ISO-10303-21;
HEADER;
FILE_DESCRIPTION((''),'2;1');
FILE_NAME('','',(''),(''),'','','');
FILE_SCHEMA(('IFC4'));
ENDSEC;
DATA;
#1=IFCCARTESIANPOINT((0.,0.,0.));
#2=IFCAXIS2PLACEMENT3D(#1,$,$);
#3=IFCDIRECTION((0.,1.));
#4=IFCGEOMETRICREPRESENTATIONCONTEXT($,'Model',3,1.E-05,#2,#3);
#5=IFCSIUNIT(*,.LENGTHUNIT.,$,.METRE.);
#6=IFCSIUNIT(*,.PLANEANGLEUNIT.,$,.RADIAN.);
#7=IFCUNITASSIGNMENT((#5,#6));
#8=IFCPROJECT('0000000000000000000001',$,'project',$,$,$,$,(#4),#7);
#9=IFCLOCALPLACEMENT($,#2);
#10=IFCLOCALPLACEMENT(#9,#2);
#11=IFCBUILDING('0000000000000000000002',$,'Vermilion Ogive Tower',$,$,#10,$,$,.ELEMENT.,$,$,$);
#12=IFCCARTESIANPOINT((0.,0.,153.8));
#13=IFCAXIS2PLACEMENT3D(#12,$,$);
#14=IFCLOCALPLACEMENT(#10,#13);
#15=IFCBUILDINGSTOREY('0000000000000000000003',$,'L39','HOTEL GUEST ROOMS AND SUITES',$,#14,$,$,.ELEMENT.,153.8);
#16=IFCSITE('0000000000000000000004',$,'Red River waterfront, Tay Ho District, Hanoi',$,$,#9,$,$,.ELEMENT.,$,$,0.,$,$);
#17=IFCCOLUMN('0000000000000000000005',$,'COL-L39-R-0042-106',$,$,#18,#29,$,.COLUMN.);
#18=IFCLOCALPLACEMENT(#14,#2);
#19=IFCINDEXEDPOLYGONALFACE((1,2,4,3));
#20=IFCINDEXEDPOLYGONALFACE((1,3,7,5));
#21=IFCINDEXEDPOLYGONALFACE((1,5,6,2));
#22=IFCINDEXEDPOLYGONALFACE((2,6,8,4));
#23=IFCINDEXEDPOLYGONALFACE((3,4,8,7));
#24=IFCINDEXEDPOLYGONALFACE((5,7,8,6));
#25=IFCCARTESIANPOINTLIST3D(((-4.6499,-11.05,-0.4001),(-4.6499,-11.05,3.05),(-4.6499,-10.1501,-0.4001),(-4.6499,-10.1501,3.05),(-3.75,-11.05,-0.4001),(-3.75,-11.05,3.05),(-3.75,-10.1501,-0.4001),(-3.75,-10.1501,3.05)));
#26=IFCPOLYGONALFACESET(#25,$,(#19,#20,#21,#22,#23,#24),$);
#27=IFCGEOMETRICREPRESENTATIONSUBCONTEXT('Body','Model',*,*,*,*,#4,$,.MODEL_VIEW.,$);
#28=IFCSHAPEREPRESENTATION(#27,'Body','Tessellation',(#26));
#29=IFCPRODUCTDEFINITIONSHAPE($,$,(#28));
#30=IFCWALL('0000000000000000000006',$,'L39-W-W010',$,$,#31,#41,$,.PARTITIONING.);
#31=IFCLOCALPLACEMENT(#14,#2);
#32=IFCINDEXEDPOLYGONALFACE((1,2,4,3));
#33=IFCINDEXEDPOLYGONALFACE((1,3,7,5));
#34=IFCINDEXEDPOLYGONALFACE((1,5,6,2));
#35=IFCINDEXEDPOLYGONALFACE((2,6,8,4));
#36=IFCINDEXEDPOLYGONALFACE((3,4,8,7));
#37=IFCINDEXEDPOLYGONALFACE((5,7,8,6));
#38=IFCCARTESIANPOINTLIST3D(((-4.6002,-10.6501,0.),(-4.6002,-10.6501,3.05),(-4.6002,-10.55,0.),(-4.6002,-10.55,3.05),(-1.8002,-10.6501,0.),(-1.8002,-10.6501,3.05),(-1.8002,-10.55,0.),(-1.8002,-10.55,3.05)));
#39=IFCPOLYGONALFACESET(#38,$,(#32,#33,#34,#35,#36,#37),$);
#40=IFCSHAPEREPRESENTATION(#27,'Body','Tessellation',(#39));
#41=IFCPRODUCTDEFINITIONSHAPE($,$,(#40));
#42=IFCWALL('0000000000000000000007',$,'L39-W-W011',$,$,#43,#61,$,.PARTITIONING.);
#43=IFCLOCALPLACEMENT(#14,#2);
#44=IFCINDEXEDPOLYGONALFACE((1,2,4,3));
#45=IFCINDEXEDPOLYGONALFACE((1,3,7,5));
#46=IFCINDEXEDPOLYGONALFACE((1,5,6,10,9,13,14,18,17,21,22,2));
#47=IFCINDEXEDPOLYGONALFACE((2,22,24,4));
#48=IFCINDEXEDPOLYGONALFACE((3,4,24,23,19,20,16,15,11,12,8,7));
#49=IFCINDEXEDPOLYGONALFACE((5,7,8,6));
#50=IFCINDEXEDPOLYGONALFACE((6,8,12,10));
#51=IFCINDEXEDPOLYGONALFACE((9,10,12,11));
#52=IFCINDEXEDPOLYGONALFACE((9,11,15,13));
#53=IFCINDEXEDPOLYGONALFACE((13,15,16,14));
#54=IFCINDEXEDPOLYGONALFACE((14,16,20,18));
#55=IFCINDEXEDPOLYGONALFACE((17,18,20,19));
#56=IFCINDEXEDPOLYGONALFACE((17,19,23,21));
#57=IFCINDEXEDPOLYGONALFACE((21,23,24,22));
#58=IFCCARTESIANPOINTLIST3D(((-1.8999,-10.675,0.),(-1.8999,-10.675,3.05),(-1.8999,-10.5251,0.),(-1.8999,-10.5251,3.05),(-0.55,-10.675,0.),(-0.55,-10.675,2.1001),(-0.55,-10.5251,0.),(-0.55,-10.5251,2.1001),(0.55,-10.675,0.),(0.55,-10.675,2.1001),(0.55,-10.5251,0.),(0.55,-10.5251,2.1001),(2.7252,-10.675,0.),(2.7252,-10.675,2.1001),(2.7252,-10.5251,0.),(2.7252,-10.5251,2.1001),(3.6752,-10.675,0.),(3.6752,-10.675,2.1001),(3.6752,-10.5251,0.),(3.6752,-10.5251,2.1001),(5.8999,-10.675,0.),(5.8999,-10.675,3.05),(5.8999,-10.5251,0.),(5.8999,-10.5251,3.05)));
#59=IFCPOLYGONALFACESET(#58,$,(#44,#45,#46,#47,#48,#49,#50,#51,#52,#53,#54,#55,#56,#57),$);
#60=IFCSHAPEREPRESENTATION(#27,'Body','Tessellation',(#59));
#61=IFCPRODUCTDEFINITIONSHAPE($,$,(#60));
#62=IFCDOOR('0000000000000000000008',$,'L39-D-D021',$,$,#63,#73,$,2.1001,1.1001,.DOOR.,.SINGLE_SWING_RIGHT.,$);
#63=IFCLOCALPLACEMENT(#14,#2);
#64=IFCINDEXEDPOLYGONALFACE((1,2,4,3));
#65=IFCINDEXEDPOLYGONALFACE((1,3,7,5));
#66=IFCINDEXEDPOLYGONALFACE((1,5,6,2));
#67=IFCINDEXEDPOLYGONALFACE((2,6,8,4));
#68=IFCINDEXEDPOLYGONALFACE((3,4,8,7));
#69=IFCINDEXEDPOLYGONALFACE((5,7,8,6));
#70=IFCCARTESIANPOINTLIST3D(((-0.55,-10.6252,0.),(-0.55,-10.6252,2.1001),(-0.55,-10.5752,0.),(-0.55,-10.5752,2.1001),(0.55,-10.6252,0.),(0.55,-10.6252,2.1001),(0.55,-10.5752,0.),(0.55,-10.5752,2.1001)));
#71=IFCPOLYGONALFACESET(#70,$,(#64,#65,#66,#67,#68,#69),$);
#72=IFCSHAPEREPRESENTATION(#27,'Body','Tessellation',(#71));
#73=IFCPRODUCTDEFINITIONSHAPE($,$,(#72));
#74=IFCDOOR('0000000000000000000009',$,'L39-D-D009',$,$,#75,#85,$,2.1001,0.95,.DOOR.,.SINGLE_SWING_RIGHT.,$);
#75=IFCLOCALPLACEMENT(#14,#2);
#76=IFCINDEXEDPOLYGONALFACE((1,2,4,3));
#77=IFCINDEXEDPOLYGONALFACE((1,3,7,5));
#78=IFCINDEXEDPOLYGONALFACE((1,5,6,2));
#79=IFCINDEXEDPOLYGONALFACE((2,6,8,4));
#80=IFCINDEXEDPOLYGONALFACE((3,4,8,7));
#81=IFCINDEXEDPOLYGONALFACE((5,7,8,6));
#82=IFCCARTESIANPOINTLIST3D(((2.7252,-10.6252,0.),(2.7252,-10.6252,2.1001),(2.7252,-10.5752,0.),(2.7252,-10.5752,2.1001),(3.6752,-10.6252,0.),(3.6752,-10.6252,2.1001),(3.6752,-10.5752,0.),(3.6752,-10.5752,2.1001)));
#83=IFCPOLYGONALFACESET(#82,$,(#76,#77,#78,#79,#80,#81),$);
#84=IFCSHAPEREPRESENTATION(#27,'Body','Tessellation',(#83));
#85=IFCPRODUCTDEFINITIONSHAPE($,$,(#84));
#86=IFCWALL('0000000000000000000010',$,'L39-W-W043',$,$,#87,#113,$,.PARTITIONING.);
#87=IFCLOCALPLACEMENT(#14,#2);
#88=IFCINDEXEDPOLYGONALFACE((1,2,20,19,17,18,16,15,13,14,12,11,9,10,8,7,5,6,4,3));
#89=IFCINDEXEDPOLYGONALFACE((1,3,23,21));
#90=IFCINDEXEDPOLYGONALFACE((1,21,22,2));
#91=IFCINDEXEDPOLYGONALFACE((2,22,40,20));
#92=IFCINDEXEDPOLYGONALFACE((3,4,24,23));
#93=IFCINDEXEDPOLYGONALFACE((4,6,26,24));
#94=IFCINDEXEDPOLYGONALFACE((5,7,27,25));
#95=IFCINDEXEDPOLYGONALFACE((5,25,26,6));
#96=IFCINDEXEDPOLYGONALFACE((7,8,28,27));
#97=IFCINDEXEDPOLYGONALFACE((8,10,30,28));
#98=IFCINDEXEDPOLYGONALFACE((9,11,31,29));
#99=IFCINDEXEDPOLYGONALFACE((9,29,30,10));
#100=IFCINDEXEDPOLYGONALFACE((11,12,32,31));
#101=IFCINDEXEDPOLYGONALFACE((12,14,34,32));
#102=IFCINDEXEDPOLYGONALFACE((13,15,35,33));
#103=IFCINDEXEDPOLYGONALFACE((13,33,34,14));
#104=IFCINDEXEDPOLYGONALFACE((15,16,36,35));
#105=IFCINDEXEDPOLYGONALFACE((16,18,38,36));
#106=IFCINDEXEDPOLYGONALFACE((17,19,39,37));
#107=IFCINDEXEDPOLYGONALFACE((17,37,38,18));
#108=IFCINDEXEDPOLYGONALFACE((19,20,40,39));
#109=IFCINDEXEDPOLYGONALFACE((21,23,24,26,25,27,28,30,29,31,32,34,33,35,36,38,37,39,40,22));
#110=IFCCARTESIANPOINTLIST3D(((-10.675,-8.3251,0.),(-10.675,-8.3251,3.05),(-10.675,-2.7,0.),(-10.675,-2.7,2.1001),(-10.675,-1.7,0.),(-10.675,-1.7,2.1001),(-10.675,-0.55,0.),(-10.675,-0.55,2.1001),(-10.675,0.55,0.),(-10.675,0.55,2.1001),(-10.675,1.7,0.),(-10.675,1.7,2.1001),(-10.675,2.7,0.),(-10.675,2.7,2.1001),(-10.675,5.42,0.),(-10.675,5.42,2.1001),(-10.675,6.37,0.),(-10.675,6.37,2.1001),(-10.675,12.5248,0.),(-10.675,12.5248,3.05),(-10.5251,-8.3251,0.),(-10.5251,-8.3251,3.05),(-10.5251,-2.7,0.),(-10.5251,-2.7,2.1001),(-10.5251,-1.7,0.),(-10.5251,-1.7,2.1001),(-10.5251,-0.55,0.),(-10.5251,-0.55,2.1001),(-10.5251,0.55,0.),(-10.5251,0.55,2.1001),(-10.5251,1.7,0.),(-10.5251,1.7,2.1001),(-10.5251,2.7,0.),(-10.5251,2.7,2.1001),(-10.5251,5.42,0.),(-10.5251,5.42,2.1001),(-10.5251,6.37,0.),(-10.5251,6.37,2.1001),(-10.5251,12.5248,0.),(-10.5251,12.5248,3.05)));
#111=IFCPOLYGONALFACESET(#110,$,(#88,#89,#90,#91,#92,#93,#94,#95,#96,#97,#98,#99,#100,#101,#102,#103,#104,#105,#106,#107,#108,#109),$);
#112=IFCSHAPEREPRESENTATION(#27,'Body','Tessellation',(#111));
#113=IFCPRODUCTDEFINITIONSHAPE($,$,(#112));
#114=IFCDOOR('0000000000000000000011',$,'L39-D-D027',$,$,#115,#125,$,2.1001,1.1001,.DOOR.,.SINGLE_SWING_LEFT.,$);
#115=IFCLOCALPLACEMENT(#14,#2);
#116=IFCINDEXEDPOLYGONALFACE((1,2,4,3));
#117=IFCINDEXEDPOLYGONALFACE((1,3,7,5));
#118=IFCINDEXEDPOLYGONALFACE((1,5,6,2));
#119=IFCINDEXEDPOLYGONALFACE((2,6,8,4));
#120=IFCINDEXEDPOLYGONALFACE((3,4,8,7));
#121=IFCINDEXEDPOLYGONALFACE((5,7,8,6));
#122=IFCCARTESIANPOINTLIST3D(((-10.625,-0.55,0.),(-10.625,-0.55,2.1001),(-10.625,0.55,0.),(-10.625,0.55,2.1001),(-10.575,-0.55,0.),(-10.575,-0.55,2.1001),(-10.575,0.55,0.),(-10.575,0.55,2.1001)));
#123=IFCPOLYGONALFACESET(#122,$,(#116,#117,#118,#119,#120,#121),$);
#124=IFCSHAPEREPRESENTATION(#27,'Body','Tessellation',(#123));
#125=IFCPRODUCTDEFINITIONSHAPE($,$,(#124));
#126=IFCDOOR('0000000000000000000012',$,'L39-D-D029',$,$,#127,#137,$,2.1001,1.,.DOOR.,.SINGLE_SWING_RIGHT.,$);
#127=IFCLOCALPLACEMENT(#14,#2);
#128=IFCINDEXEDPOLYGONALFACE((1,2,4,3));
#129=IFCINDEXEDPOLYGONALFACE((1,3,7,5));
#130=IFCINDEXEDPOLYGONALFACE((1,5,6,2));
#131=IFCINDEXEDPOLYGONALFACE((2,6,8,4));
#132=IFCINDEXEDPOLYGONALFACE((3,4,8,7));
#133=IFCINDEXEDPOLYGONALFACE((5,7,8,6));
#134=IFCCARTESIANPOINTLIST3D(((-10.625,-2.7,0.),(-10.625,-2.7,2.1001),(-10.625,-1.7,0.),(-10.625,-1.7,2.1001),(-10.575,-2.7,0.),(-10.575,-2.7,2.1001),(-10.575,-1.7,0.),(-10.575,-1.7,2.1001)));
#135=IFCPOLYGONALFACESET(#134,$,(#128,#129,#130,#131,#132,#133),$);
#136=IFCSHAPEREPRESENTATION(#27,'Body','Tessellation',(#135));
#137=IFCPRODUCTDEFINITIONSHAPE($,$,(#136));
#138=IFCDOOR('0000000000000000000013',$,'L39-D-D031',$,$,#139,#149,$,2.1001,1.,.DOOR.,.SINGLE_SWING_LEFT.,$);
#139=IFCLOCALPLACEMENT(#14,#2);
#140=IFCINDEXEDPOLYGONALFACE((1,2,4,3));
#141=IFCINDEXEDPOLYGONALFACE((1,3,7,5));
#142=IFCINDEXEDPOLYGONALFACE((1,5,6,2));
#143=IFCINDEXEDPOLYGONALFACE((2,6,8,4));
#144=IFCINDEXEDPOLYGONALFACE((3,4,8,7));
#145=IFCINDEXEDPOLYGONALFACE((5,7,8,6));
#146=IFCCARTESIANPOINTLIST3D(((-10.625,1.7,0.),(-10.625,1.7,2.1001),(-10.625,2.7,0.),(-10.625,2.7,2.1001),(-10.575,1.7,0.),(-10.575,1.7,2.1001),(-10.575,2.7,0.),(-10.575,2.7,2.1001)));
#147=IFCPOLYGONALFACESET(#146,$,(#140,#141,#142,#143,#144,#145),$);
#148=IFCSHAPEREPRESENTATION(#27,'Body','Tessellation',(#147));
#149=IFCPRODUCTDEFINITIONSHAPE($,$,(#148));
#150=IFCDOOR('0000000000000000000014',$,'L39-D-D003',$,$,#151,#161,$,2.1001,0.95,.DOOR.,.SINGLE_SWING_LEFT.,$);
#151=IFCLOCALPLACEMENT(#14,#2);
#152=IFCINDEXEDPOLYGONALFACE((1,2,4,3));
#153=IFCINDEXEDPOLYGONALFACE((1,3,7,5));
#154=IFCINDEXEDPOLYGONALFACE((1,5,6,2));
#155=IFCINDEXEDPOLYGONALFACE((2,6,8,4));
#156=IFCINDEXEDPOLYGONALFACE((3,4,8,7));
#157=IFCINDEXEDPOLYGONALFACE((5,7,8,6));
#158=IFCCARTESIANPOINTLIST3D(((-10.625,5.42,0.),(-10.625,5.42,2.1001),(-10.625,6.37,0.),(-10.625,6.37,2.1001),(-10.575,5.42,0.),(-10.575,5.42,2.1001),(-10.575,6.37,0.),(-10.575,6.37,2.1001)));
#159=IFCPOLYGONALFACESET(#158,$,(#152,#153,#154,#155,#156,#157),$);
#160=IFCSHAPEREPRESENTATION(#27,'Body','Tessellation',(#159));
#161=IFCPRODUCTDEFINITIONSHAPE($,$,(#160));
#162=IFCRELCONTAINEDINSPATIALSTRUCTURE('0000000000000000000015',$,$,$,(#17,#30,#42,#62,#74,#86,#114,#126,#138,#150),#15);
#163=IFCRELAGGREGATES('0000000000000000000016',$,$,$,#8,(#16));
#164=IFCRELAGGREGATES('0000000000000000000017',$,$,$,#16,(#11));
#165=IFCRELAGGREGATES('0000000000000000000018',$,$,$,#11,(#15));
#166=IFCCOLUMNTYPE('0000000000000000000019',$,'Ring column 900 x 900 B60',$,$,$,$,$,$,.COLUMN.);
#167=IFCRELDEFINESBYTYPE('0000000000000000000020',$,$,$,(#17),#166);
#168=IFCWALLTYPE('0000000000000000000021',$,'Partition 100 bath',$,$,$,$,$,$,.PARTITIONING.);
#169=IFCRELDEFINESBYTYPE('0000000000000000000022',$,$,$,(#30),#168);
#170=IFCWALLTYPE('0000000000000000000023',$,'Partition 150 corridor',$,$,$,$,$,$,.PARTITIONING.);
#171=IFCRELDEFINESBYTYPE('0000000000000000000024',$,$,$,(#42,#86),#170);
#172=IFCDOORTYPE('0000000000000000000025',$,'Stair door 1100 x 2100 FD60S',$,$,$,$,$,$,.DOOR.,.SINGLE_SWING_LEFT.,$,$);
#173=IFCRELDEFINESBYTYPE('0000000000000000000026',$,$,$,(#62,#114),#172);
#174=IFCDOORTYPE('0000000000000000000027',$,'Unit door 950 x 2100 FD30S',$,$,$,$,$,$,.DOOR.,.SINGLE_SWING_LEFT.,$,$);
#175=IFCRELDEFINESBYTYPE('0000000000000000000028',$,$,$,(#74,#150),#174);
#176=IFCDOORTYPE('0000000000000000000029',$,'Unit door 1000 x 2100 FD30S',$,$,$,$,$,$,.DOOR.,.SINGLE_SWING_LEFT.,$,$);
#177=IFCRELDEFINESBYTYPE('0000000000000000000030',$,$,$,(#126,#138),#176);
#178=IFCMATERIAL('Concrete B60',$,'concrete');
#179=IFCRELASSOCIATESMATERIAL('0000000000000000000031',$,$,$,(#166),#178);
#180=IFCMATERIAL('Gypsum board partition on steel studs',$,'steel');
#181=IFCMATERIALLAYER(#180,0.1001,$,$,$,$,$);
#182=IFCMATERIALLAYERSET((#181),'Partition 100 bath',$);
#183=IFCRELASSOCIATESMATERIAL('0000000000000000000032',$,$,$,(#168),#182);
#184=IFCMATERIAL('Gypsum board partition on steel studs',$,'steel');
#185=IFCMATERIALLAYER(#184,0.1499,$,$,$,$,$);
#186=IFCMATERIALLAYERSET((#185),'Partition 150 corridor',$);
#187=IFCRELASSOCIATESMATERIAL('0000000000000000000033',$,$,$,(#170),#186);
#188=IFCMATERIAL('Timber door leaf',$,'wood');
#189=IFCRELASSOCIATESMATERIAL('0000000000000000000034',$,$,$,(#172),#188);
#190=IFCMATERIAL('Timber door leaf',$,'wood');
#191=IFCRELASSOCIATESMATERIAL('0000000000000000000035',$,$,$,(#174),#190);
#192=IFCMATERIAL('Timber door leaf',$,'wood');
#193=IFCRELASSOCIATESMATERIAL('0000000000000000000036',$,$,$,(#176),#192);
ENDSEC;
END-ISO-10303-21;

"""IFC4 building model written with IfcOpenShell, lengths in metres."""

from ifc_helpers import new_model, si_unit, direction, frame, frame_2d, origin, origin_2d, place, context, subcontext, project, spatial, rectangle, extrude, material, layer, layer_set, material_profile, profile_set, type_object, element, fill, save


model = new_model("IFC4")

# Units and contexts
model_context = context("Model", 3, precision=1e-05, world=origin(), true_north=direction((0.0, 1.0)))
body_context = subcontext(model_context, "Body", "Model", "MODEL_VIEW")
ifc_project = project(units=[si_unit("LENGTHUNIT", "METRE"), si_unit("PLANEANGLEUNIT", "RADIAN")], contexts=[model_context])

# Site, building, storey
site_placement = place(None, origin())
site = spatial("IfcSite", under=ifc_project, at=site_placement, Name="Red River waterfront, Tay Ho District, Hanoi", CompositionType="ELEMENT", RefElevation=0.0)
building_placement = place(site_placement, origin())
building = spatial("IfcBuilding", under=site, at=building_placement, Name="Vermilion Ogive Tower", CompositionType="ELEMENT")
storey_placement = place(building_placement, frame((0.0, 0.0, 153.8)))
storey = spatial("IfcBuildingStorey", under=building, at=storey_placement, Name="L39", Description="HOTEL GUEST ROOMS AND SUITES", CompositionType="ELEMENT", Elevation=153.8)

# Column
ifc_material_1 = material(Name="Concrete B60", Category="concrete")
ifc_material_profile = material_profile(ifc_material_1, rectangle(XDim=0.8999, YDim=0.8999, at=origin_2d()), Name="900 x 900")
ifc_profile_set = profile_set([ifc_material_profile], Name="Concrete B60")
column_type = type_object("IfcColumnType", Name="Ring column 900 x 900 B60", PredefinedType="COLUMN", material=ifc_profile_set)
column_placement = place(storey_placement, frame((-4.2, -10.6001, -0.4001), z_axis=(0.0, 0.0, 1.0), x_axis=(1.0, 0.0, 0.0)))
element("IfcColumn", 1, at=column_placement, inside=storey, type_object=column_type, Name="COL-L39-R-0042-106", PredefinedType="COLUMN", context=body_context, shape_type="SweptSolid", body=[
    extrude(rectangle(XDim=0.8999, YDim=0.8999, at=origin_2d()), origin(), (0.0, 0.0, 1.0), 3.4502),
])

# Wall
ifc_material_2 = material(Name="Gypsum board partition on steel studs", Category="steel")
ifc_layer_1 = layer(ifc_material_2, 0.1001)
ifc_layer_set_1 = layer_set([ifc_layer_1], Name="Partition 100 bath")
wall_type_1 = type_object("IfcWallType", Name="Partition 100 bath", PredefinedType="PARTITIONING", material=ifc_layer_set_1)
wall_1_placement = place(storey_placement, frame((-4.6001, -10.6001, 0.0), z_axis=(0.0, 0.0, 1.0), x_axis=(1.0, 0.0, 0.0)))
element("IfcWall", 2, at=wall_1_placement, inside=storey, type_object=wall_type_1, Name="L39-W-W010", PredefinedType="PARTITIONING", context=body_context, shape_type="SweptSolid", body=[
    extrude(rectangle(XDim=2.8, YDim=0.1001, at=frame_2d((1.3999, 0.0))), origin(), (0.0, 0.0, 1.0), 3.05),
])

# Walls, openings, doors
ifc_material_3 = material(Name="Gypsum board partition on steel studs", Category="steel")
ifc_layer_2 = layer(ifc_material_3, 0.1499)
ifc_layer_set_2 = layer_set([ifc_layer_2], Name="Partition 150 corridor")
wall_type_2 = type_object("IfcWallType", Name="Partition 150 corridor", PredefinedType="PARTITIONING", material=ifc_layer_set_2)
wall_2_placement = place(storey_placement, frame((-1.8999, -10.6001, 0.0), z_axis=(0.0, 0.0, 1.0), x_axis=(1.0, 0.0, 0.0)))
wall_2 = element("IfcWall", 3, at=wall_2_placement, inside=storey, type_object=wall_type_2, Name="L39-W-W011", PredefinedType="PARTITIONING", context=body_context, shape_type="SweptSolid", body=[
    extrude(rectangle(XDim=7.7998, YDim=0.1499, at=frame_2d((3.8999, 0.0))), origin(), (0.0, 0.0, 1.0), 3.05),
])
opening_1_placement = place(wall_2_placement, frame((4.625, 0.0, 0.0)))
opening_1 = element("IfcOpeningElement", 4, at=opening_1_placement, cuts=wall_2, PredefinedType="OPENING", context=body_context, shape_type="SweptSolid", body=[
    extrude(rectangle(XDim=0.95, YDim=2.1001, at=frame_2d((0.4751, 1.05))), frame((0.0, 0.085, 0.0), z_axis=(0.0, -1.0, 0.0), x_axis=(1.0, 0.0, 0.0)), (0.0, 0.0, 1.0), 0.1699),
])
opening_2_placement = place(wall_2_placement, frame((1.3499, 0.0, 0.0)))
opening_2 = element("IfcOpeningElement", 5, at=opening_2_placement, cuts=wall_2, PredefinedType="OPENING", context=body_context, shape_type="SweptSolid", body=[
    extrude(rectangle(XDim=1.1001, YDim=2.1001, at=frame_2d((0.55, 1.05))), frame((0.0, 0.085, 0.0), z_axis=(0.0, -1.0, 0.0), x_axis=(1.0, 0.0, 0.0)), (0.0, 0.0, 1.0), 0.1699),
])
ifc_material_4 = material(Name="Timber door leaf", Category="wood")
door_type_1 = type_object("IfcDoorType", Name="Stair door 1100 x 2100 FD60S", OperationType="SINGLE_SWING_LEFT", PredefinedType="DOOR", material=ifc_material_4)
door_1_placement = place(opening_2_placement, origin())
door_1 = element("IfcDoor", 6, at=door_1_placement, inside=storey, type_object=door_type_1, Name="L39-D-D021", OperationType="SINGLE_SWING_RIGHT", OverallHeight=2.1001, OverallWidth=1.1001, PredefinedType="DOOR", context=body_context, shape_type="SweptSolid", body=[
    extrude(rectangle(XDim=1.1001, YDim=2.1001, at=frame_2d((0.55, 1.05))), frame((0.0, 0.0249, 0.0), z_axis=(0.0, -1.0, 0.0), x_axis=(1.0, 0.0, 0.0)), (0.0, 0.0, 1.0), 0.05),
])
fill(opening_2, door_1)
ifc_material_5 = material(Name="Timber door leaf", Category="wood")
door_type_2 = type_object("IfcDoorType", Name="Unit door 950 x 2100 FD30S", OperationType="SINGLE_SWING_LEFT", PredefinedType="DOOR", material=ifc_material_5)
door_2_placement = place(opening_1_placement, origin())
door_2 = element("IfcDoor", 7, at=door_2_placement, inside=storey, type_object=door_type_2, Name="L39-D-D009", OperationType="SINGLE_SWING_RIGHT", OverallHeight=2.1001, OverallWidth=0.95, PredefinedType="DOOR", context=body_context, shape_type="SweptSolid", body=[
    extrude(rectangle(XDim=0.95, YDim=2.1001, at=frame_2d((0.4751, 1.05))), frame((0.0, 0.0249, 0.0), z_axis=(0.0, -1.0, 0.0), x_axis=(1.0, 0.0, 0.0)), (0.0, 0.0, 1.0), 0.05),
])
fill(opening_1, door_2)
wall_3_placement = place(storey_placement, frame((-10.6001, -8.325, 0.0), z_axis=(0.0, 0.0, 1.0), x_axis=(0.0, 1.0, 0.0)))
wall_3 = element("IfcWall", 8, at=wall_3_placement, inside=storey, type_object=wall_type_2, Name="L39-W-W043", PredefinedType="PARTITIONING", context=body_context, shape_type="SweptSolid", body=[
    extrude(rectangle(XDim=20.8499, YDim=0.1499, at=frame_2d((10.4248, 0.0))), origin(), (0.0, 0.0, 1.0), 3.05),
])
opening_3_placement = place(wall_3_placement, frame((13.7449, 0.0, 0.0)))
opening_3 = element("IfcOpeningElement", 9, at=opening_3_placement, cuts=wall_3, PredefinedType="OPENING", context=body_context, shape_type="SweptSolid", body=[
    extrude(rectangle(XDim=0.95, YDim=2.1001, at=frame_2d((0.4751, 1.05))), frame((0.0, 0.085, 0.0), z_axis=(0.0, -1.0, 0.0), x_axis=(1.0, 0.0, 0.0)), (0.0, 0.0, 1.0), 0.1699),
])
opening_4_placement = place(wall_3_placement, frame((7.7749, 0.0, 0.0)))
opening_4 = element("IfcOpeningElement", 10, at=opening_4_placement, cuts=wall_3, PredefinedType="OPENING", context=body_context, shape_type="SweptSolid", body=[
    extrude(rectangle(XDim=1.1001, YDim=2.1001, at=frame_2d((0.55, 1.05))), frame((0.0, 0.085, 0.0), z_axis=(0.0, -1.0, 0.0), x_axis=(1.0, 0.0, 0.0)), (0.0, 0.0, 1.0), 0.1699),
])
opening_5_placement = place(wall_3_placement, frame((5.625, 0.0, 0.0)))
opening_5 = element("IfcOpeningElement", 11, at=opening_5_placement, cuts=wall_3, PredefinedType="OPENING", context=body_context, shape_type="SweptSolid", body=[
    extrude(rectangle(XDim=1.0, YDim=2.1001, at=frame_2d((0.5, 1.05))), frame((0.0, 0.085, 0.0), z_axis=(0.0, -1.0, 0.0), x_axis=(1.0, 0.0, 0.0)), (0.0, 0.0, 1.0), 0.1699),
])
opening_6_placement = place(wall_3_placement, frame((10.0249, 0.0, 0.0)))
opening_6 = element("IfcOpeningElement", 12, at=opening_6_placement, cuts=wall_3, PredefinedType="OPENING", context=body_context, shape_type="SweptSolid", body=[
    extrude(rectangle(XDim=1.0, YDim=2.1001, at=frame_2d((0.5, 1.05))), frame((0.0, 0.085, 0.0), z_axis=(0.0, -1.0, 0.0), x_axis=(1.0, 0.0, 0.0)), (0.0, 0.0, 1.0), 0.1699),
])
door_3_placement = place(opening_4_placement, origin())
door_3 = element("IfcDoor", 13, at=door_3_placement, inside=storey, type_object=door_type_1, Name="L39-D-D027", OperationType="SINGLE_SWING_LEFT", OverallHeight=2.1001, OverallWidth=1.1001, PredefinedType="DOOR", context=body_context, shape_type="SweptSolid", body=[
    extrude(rectangle(XDim=1.1001, YDim=2.1001, at=frame_2d((0.55, 1.05))), frame((0.0, 0.0249, 0.0), z_axis=(0.0, -1.0, 0.0), x_axis=(1.0, 0.0, 0.0)), (0.0, 0.0, 1.0), 0.05),
])
fill(opening_4, door_3)
ifc_material_6 = material(Name="Timber door leaf", Category="wood")
door_type_3 = type_object("IfcDoorType", Name="Unit door 1000 x 2100 FD30S", OperationType="SINGLE_SWING_LEFT", PredefinedType="DOOR", material=ifc_material_6)
door_4_placement = place(opening_5_placement, origin())
door_4 = element("IfcDoor", 14, at=door_4_placement, inside=storey, type_object=door_type_3, Name="L39-D-D029", OperationType="SINGLE_SWING_RIGHT", OverallHeight=2.1001, OverallWidth=1.0, PredefinedType="DOOR", context=body_context, shape_type="SweptSolid", body=[
    extrude(rectangle(XDim=1.0, YDim=2.1001, at=frame_2d((0.5, 1.05))), frame((0.0, 0.0249, 0.0), z_axis=(0.0, -1.0, 0.0), x_axis=(1.0, 0.0, 0.0)), (0.0, 0.0, 1.0), 0.05),
])
fill(opening_5, door_4)
door_5_placement = place(opening_6_placement, origin())
door_5 = element("IfcDoor", 15, at=door_5_placement, inside=storey, type_object=door_type_3, Name="L39-D-D031", OperationType="SINGLE_SWING_LEFT", OverallHeight=2.1001, OverallWidth=1.0, PredefinedType="DOOR", context=body_context, shape_type="SweptSolid", body=[
    extrude(rectangle(XDim=1.0, YDim=2.1001, at=frame_2d((0.5, 1.05))), frame((0.0, 0.0249, 0.0), z_axis=(0.0, -1.0, 0.0), x_axis=(1.0, 0.0, 0.0)), (0.0, 0.0, 1.0), 0.05),
])
fill(opening_6, door_5)
door_6_placement = place(opening_3_placement, origin())
door_6 = element("IfcDoor", 16, at=door_6_placement, inside=storey, type_object=door_type_2, Name="L39-D-D003", OperationType="SINGLE_SWING_LEFT", OverallHeight=2.1001, OverallWidth=0.95, PredefinedType="DOOR", context=body_context, shape_type="SweptSolid", body=[
    extrude(rectangle(XDim=0.95, YDim=2.1001, at=frame_2d((0.4751, 1.05))), frame((0.0, 0.0249, 0.0), z_axis=(0.0, -1.0, 0.0), x_axis=(1.0, 0.0, 0.0)), (0.0, 0.0, 1.0), 0.05),
])
fill(opening_3, door_6)

save(model, "model.ifc")
